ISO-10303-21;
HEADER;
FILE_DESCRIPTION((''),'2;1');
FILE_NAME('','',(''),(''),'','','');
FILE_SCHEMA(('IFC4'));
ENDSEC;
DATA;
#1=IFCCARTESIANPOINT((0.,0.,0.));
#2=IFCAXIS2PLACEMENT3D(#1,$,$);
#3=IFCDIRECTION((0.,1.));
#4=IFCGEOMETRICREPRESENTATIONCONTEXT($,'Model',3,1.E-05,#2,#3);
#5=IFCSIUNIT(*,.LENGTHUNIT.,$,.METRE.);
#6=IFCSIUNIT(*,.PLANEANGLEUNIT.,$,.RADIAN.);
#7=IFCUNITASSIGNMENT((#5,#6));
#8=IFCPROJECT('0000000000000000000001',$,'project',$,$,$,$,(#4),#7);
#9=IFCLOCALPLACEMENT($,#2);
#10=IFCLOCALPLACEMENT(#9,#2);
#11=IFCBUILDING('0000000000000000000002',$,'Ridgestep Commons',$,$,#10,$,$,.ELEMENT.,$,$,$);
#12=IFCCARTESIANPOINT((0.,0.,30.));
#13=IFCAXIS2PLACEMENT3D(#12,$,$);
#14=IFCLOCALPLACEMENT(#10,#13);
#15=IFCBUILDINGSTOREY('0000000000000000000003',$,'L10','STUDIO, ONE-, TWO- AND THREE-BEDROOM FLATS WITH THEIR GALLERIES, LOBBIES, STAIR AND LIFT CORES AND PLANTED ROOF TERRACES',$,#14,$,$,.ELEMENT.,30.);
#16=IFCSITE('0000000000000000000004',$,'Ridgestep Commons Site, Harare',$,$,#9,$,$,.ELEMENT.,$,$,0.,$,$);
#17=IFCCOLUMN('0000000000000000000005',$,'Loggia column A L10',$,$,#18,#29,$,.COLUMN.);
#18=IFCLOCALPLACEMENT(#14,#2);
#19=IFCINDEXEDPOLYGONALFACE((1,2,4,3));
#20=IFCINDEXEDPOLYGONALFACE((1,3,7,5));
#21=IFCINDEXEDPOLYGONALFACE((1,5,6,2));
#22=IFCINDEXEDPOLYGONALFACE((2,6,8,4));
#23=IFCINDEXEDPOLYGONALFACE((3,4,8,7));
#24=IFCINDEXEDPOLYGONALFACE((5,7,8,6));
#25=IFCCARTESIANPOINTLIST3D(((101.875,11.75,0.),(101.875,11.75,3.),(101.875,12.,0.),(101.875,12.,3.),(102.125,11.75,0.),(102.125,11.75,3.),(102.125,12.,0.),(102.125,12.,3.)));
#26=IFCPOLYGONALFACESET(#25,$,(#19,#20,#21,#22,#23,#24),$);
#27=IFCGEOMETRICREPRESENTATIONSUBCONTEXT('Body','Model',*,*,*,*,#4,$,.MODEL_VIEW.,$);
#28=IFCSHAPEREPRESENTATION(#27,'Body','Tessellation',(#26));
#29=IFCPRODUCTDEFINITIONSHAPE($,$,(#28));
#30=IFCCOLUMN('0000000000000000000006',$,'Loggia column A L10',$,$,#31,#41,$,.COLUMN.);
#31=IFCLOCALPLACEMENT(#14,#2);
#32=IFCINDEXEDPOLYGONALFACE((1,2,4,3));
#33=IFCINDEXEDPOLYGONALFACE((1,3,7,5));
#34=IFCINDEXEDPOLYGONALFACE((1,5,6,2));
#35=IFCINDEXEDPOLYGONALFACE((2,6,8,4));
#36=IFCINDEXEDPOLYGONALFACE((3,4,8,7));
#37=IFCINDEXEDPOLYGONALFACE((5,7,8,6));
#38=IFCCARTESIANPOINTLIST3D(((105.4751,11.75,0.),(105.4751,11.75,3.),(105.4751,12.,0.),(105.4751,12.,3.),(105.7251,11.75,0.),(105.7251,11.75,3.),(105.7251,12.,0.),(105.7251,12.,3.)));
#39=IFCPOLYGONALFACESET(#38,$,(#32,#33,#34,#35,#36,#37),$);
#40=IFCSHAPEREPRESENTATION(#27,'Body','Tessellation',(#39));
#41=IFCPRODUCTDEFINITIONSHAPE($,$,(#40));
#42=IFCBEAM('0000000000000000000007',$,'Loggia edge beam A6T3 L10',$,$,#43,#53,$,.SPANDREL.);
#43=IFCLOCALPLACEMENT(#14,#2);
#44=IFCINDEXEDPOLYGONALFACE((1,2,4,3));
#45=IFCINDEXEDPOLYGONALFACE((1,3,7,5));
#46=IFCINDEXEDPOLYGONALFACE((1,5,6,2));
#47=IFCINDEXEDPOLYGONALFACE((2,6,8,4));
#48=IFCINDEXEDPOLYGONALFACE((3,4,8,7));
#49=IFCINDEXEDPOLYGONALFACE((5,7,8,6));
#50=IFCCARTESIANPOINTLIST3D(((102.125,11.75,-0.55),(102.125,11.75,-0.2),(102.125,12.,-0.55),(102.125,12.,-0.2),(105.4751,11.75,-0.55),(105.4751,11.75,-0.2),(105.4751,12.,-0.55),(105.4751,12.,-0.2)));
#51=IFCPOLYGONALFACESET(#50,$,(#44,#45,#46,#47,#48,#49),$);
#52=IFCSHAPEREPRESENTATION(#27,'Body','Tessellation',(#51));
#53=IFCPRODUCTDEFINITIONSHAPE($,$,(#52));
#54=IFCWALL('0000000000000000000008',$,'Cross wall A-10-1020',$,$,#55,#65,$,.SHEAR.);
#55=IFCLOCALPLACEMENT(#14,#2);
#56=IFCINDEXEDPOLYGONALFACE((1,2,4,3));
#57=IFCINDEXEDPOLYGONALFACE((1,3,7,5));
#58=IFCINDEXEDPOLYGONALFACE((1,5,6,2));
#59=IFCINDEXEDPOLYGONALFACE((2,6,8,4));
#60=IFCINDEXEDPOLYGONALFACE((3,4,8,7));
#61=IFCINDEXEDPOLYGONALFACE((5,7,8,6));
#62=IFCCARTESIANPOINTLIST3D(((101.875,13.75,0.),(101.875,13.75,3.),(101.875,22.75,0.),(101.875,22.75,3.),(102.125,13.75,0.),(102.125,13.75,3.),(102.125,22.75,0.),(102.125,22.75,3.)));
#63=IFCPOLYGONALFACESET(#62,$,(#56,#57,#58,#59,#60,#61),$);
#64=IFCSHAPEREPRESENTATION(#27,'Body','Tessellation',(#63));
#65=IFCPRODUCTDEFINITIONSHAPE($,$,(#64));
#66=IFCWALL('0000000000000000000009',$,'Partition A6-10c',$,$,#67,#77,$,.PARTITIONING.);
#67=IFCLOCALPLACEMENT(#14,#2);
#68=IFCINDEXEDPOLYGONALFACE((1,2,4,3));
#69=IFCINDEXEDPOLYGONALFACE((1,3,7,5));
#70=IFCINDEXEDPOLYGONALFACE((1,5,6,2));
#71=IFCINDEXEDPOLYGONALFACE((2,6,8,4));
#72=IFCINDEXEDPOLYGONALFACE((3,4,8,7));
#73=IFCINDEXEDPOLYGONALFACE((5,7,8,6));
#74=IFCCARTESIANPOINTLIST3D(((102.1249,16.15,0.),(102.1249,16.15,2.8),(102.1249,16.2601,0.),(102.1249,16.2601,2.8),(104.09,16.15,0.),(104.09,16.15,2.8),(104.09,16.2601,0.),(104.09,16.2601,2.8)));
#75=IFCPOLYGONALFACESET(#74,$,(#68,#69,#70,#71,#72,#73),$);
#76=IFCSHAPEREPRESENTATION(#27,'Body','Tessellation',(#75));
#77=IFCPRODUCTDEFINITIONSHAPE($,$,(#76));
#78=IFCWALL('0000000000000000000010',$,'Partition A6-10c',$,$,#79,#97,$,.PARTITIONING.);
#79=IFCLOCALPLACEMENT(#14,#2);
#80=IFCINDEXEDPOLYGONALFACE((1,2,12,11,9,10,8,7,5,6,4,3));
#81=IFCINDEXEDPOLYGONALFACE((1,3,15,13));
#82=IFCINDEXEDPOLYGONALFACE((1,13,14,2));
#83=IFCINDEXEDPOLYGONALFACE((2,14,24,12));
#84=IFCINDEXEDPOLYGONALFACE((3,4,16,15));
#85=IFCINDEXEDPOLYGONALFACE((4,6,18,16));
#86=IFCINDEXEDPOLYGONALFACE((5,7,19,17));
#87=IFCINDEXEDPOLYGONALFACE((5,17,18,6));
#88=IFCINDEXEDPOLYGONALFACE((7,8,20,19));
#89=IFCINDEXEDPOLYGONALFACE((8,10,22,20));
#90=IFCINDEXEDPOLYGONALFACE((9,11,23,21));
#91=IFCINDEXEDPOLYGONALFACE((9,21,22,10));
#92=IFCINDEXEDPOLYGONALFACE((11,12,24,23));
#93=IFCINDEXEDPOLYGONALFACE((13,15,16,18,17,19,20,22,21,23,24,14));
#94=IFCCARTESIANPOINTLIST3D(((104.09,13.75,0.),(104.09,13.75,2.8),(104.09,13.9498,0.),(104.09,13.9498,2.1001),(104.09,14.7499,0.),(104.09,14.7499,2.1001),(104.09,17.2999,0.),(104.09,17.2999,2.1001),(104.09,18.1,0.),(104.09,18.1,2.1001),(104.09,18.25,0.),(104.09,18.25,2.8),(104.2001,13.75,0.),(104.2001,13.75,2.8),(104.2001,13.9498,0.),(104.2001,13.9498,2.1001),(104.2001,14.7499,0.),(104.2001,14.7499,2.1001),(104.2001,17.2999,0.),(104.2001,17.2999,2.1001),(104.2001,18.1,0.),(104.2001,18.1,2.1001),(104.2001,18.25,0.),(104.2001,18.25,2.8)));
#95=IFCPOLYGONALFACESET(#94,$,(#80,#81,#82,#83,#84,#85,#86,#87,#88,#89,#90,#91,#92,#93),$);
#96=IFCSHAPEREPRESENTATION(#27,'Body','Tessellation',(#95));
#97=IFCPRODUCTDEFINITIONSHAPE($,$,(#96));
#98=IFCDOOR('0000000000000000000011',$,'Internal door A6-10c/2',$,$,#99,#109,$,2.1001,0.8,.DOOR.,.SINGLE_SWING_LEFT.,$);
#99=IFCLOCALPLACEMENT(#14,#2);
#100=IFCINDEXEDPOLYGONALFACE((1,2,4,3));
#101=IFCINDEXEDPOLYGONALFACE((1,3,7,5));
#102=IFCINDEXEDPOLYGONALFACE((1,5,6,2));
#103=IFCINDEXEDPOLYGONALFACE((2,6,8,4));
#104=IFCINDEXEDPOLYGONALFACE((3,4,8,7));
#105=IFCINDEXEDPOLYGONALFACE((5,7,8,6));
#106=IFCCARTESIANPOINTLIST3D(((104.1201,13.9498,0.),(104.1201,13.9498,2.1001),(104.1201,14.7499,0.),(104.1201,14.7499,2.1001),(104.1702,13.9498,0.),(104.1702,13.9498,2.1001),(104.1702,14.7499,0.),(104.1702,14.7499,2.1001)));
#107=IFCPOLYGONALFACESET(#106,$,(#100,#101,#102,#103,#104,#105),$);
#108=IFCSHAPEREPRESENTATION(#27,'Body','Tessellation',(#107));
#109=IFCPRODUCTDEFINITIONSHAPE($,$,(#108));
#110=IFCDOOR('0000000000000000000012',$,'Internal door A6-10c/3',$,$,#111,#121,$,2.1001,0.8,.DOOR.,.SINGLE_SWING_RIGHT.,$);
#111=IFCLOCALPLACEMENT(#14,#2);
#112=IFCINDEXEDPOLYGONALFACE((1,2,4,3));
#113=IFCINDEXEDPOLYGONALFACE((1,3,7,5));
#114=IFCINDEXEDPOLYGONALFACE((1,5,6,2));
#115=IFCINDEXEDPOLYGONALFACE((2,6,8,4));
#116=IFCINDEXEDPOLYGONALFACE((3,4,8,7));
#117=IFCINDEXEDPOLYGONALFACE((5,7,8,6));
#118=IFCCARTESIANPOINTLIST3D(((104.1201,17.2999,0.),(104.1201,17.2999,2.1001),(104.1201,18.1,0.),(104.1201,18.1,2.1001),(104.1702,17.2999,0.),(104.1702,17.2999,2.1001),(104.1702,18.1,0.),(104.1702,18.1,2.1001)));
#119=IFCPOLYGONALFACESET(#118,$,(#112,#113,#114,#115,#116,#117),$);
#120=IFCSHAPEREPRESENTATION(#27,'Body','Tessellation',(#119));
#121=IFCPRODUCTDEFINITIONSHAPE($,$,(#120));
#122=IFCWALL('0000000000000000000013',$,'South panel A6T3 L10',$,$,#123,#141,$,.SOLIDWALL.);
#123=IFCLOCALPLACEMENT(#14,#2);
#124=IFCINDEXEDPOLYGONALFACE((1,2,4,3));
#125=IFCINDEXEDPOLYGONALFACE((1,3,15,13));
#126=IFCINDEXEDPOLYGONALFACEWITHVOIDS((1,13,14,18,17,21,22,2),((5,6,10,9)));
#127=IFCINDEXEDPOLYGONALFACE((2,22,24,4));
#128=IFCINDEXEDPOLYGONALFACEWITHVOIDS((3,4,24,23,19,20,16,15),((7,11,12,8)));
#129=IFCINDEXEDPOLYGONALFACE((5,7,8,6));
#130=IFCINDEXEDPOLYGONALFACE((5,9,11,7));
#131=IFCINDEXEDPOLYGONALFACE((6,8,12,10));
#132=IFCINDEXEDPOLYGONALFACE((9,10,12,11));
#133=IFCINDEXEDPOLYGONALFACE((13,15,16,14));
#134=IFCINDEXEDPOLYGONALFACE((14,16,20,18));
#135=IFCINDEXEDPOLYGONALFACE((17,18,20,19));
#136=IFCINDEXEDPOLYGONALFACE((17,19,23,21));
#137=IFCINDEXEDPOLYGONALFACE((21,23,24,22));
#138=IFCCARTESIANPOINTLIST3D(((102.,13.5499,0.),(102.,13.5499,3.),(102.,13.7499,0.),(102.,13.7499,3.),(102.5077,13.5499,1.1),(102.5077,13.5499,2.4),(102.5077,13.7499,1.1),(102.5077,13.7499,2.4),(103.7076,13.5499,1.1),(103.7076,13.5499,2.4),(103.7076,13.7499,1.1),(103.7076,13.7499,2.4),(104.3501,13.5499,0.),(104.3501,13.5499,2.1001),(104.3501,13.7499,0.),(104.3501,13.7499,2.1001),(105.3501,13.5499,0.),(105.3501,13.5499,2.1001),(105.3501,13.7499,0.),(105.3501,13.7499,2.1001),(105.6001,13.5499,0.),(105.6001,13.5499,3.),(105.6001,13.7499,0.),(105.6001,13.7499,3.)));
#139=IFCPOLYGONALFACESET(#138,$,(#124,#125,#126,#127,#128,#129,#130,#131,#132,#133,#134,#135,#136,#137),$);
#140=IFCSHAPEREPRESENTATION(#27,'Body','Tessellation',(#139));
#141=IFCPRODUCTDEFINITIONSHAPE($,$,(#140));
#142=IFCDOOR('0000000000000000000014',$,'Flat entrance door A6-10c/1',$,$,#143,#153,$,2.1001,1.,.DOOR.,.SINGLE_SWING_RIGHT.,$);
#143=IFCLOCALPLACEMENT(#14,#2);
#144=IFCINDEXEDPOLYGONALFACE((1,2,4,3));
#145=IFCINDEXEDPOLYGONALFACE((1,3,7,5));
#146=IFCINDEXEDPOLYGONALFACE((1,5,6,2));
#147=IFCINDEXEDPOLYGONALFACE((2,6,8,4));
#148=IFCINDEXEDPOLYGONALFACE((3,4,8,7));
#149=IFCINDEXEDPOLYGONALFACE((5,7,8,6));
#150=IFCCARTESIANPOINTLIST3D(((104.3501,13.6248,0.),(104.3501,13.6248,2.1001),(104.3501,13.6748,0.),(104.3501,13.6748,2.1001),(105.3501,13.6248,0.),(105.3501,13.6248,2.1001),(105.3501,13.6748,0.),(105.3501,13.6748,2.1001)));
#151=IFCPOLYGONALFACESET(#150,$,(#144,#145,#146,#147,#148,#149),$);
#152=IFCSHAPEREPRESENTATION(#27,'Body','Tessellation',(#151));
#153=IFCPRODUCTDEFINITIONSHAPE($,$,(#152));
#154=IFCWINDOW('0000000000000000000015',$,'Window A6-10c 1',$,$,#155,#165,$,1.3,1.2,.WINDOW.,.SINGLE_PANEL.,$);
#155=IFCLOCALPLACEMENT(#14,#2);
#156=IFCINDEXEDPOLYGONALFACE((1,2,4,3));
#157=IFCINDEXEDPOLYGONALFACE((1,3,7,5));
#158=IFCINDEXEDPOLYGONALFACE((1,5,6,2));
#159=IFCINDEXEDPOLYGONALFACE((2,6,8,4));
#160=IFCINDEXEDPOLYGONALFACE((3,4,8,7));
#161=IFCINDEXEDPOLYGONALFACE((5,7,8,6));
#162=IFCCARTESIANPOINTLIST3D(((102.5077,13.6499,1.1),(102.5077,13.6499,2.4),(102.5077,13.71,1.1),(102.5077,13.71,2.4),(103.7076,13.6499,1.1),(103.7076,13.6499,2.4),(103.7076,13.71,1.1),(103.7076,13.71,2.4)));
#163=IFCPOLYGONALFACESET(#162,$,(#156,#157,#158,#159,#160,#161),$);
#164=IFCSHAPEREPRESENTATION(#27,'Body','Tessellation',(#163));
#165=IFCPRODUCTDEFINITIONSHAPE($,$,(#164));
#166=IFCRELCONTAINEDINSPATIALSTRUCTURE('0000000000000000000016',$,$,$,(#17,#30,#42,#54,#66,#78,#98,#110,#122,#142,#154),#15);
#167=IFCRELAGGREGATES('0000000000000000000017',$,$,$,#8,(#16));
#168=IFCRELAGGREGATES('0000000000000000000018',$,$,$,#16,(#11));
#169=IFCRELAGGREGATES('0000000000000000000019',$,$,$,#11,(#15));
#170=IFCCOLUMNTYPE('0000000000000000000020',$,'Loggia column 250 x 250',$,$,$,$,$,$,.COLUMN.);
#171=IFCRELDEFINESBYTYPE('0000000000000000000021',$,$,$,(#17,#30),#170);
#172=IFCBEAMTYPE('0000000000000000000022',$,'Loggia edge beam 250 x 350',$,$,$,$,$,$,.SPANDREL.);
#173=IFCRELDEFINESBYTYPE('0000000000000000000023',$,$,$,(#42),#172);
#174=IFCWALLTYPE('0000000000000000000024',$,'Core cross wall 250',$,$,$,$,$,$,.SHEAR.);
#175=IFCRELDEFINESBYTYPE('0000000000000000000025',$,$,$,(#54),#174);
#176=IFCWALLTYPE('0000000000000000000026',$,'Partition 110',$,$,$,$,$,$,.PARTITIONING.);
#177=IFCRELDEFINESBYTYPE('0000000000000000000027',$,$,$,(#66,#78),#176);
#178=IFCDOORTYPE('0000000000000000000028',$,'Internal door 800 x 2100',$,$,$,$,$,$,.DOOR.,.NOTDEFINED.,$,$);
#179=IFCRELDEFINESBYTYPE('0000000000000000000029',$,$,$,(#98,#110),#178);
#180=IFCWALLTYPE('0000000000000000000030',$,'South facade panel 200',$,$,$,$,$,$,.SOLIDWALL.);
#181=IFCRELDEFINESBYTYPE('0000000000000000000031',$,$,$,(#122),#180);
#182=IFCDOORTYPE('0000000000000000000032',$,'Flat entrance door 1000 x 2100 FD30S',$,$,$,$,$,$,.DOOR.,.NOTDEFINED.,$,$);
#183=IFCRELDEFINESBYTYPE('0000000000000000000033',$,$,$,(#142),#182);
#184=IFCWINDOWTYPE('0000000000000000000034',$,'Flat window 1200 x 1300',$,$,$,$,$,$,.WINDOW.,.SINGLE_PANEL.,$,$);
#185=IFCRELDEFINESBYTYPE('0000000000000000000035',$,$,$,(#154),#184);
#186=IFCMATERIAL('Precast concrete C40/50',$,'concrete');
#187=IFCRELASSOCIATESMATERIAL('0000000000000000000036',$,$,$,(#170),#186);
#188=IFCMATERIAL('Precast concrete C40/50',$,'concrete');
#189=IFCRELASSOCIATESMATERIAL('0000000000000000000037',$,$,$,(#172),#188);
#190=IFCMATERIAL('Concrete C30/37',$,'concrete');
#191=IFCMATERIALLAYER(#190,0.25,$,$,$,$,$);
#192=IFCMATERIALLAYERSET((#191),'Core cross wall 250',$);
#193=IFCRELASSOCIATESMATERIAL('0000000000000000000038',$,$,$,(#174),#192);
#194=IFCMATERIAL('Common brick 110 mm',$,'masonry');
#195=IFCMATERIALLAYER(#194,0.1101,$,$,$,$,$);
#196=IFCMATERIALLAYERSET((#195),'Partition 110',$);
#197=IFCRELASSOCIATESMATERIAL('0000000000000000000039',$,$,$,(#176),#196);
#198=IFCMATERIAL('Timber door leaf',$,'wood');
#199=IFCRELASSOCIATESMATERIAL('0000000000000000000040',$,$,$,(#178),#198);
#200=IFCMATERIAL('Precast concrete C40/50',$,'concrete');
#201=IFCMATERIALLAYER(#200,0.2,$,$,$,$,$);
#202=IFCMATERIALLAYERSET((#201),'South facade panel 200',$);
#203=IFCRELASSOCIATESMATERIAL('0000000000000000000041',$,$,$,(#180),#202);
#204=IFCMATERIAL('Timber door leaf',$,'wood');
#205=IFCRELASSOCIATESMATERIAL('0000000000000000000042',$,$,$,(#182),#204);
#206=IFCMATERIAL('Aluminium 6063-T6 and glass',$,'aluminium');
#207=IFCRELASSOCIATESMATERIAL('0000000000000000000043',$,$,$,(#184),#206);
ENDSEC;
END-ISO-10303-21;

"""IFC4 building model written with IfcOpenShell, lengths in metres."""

from ifc_helpers import new_model, si_unit, direction, frame, frame_2d, origin, origin_2d, place, context, subcontext, project, spatial, rectangle, extrude, material, layer, layer_set, material_profile, profile_set, type_object, element, fill, save


model = new_model("IFC4")

# Units and contexts
model_context = context("Model", 3, precision=1e-05, world=origin(), true_north=direction((0.0, 1.0)))
body_context = subcontext(model_context, "Body", "Model", "MODEL_VIEW")
ifc_project = project(units=[si_unit("LENGTHUNIT", "METRE"), si_unit("PLANEANGLEUNIT", "RADIAN")], contexts=[model_context])

# Site, building, storey
site_placement = place(None, origin())
site = spatial("IfcSite", under=ifc_project, at=site_placement, Name="Ridgestep Commons Site, Harare", CompositionType="ELEMENT", RefElevation=0.0)
building_placement = place(site_placement, origin())
building = spatial("IfcBuilding", under=site, at=building_placement, Name="Ridgestep Commons", CompositionType="ELEMENT")
storey_placement = place(building_placement, frame((0.0, 0.0, 30.0)))
storey = spatial("IfcBuildingStorey", under=building, at=storey_placement, Name="L10", Description="STUDIO, ONE-, TWO- AND THREE-BEDROOM FLATS WITH THEIR GALLERIES, LOBBIES, STAIR AND LIFT CORES AND PLANTED ROOF TERRACES", CompositionType="ELEMENT", Elevation=30.0)

# Columns
ifc_material_1 = material(Name="Precast concrete C40/50", Category="concrete")
ifc_material_profile_1 = material_profile(ifc_material_1, rectangle(XDim=0.25, YDim=0.25, at=origin_2d()), Name="PC 250x250")
ifc_profile_set_1 = profile_set([ifc_material_profile_1], Name="Precast concrete C40/50")
column_type = type_object("IfcColumnType", Name="Loggia column 250 x 250", PredefinedType="COLUMN", material=ifc_profile_set_1)
for number, where, z_axis, x_axis, name in (
    (1, (102.0, 11.875, 0.0), (0.0, 0.0, 1.0), (1.0, 0.0, 0.0), "Loggia column A L10"),
    (2, (105.6001, 11.875, 0.0), (0.0, 0.0, 1.0), (1.0, 0.0, 0.0), "Loggia column A L10"),
):
    element("IfcColumn", number, at=place(storey_placement, frame(where, z_axis=z_axis, x_axis=x_axis)), inside=storey, type_object=column_type, Name=name, PredefinedType="COLUMN", context=body_context, shape_type="SweptSolid", body=[
        extrude(rectangle(XDim=0.25, YDim=0.25, at=origin_2d()), origin(), (0.0, 0.0, 1.0), 3.0),
    ])

# Beam
ifc_material_2 = material(Name="Precast concrete C40/50", Category="concrete")
ifc_material_profile_2 = material_profile(ifc_material_2, rectangle(XDim=0.25, YDim=0.3501, at=origin_2d()), Name="PC 250x350")
ifc_profile_set_2 = profile_set([ifc_material_profile_2], Name="Precast concrete C40/50")
beam_type = type_object("IfcBeamType", Name="Loggia edge beam 250 x 350", PredefinedType="SPANDREL", material=ifc_profile_set_2)
beam_placement = place(storey_placement, frame((102.125, 11.875, -0.375), z_axis=(1.0, 0.0, 0.0), x_axis=(0.0, 1.0, 0.0)))
element("IfcBeam", 3, at=beam_placement, inside=storey, type_object=beam_type, Name="Loggia edge beam A6T3 L10", PredefinedType="SPANDREL", context=body_context, shape_type="SweptSolid", body=[
    extrude(rectangle(XDim=0.25, YDim=0.3501, at=origin_2d()), origin(), (0.0, 0.0, 1.0), 3.3501),
])

# Walls
ifc_material_3 = material(Name="Concrete C30/37", Category="concrete")
ifc_layer_1 = layer(ifc_material_3, 0.25)
ifc_layer_set_1 = layer_set([ifc_layer_1], Name="Core cross wall 250")
wall_type_1 = type_object("IfcWallType", Name="Core cross wall 250", PredefinedType="SHEAR", material=ifc_layer_set_1)
wall_1_placement = place(storey_placement, frame((102.0, 13.75, 0.0), z_axis=(0.0, 0.0, 1.0), x_axis=(0.0, 1.0, 0.0)))
element("IfcWall", 4, at=wall_1_placement, inside=storey, type_object=wall_type_1, Name="Cross wall A-10-1020", PredefinedType="SHEAR", context=body_context, shape_type="SweptSolid", body=[
    extrude(rectangle(XDim=9.0, YDim=0.25, at=frame_2d((4.5, 0.0))), origin(), (0.0, 0.0, 1.0), 3.0),
])
ifc_material_4 = material(Name="Common brick 110 mm", Category="masonry")
ifc_layer_2 = layer(ifc_material_4, 0.1101)
ifc_layer_set_2 = layer_set([ifc_layer_2], Name="Partition 110")
wall_type_2 = type_object("IfcWallType", Name="Partition 110", PredefinedType="PARTITIONING", material=ifc_layer_set_2)
wall_2_placement = place(storey_placement, frame((102.125, 16.2051, 0.0), z_axis=(0.0, 0.0, 1.0), x_axis=(1.0, 0.0, 0.0)))
element("IfcWall", 5, at=wall_2_placement, inside=storey, type_object=wall_type_2, Name="Partition A6-10c", PredefinedType="PARTITIONING", context=body_context, shape_type="SweptSolid", body=[
    extrude(rectangle(XDim=1.9651, YDim=0.1101, at=frame_2d((0.9824, 0.0))), origin(), (0.0, 0.0, 1.0), 2.8),
])

# Wall, openings, doors
wall_3_placement = place(storey_placement, frame((104.145, 13.75, 0.0), z_axis=(0.0, 0.0, 1.0), x_axis=(0.0, 1.0, 0.0)))
wall_3 = element("IfcWall", 6, at=wall_3_placement, inside=storey, type_object=wall_type_2, Name="Partition A6-10c", PredefinedType="PARTITIONING", context=body_context, shape_type="SweptSolid", body=[
    extrude(rectangle(XDim=4.5, YDim=0.1101, at=frame_2d((2.25, 0.0))), origin(), (0.0, 0.0, 1.0), 2.8),
])
opening_1_placement = place(wall_3_placement, frame((0.2, 0.0, 0.0)))
opening_1 = element("IfcOpeningElement", 7, at=opening_1_placement, cuts=wall_3, PredefinedType="OPENING", context=body_context, shape_type="SweptSolid", body=[
    extrude(rectangle(XDim=0.8, YDim=2.1001, at=frame_2d((0.3999, 1.05))), frame((0.0, 0.0649, 0.0), z_axis=(0.0, -1.0, 0.0), x_axis=(1.0, 0.0, 0.0)), (0.0, 0.0, 1.0), 0.1301),
])
opening_2_placement = place(wall_3_placement, frame((3.55, 0.0, 0.0)))
opening_2 = element("IfcOpeningElement", 8, at=opening_2_placement, cuts=wall_3, PredefinedType="OPENING", context=body_context, shape_type="SweptSolid", body=[
    extrude(rectangle(XDim=0.8, YDim=2.1001, at=frame_2d((0.3999, 1.05))), frame((0.0, 0.0649, 0.0), z_axis=(0.0, -1.0, 0.0), x_axis=(1.0, 0.0, 0.0)), (0.0, 0.0, 1.0), 0.1301),
])
ifc_material_5 = material(Name="Timber door leaf", Category="wood")
door_type_1 = type_object("IfcDoorType", Name="Internal door 800 x 2100", OperationType="NOTDEFINED", PredefinedType="DOOR", material=ifc_material_5)
door_1_placement = place(opening_1_placement, origin())
door_1 = element("IfcDoor", 9, at=door_1_placement, inside=storey, type_object=door_type_1, Name="Internal door A6-10c/2", OperationType="SINGLE_SWING_LEFT", OverallHeight=2.1001, OverallWidth=0.8, PredefinedType="DOOR", context=body_context, shape_type="SweptSolid", body=[
    extrude(rectangle(XDim=0.8, YDim=2.1001, at=frame_2d((0.3999, 1.05))), frame((0.0, 0.0249, 0.0), z_axis=(0.0, -1.0, 0.0), x_axis=(1.0, 0.0, 0.0)), (0.0, 0.0, 1.0), 0.05),
])
fill(opening_1, door_1)
door_2_placement = place(opening_2_placement, origin())
door_2 = element("IfcDoor", 10, at=door_2_placement, inside=storey, type_object=door_type_1, Name="Internal door A6-10c/3", OperationType="SINGLE_SWING_RIGHT", OverallHeight=2.1001, OverallWidth=0.8, PredefinedType="DOOR", context=body_context, shape_type="SweptSolid", body=[
    extrude(rectangle(XDim=0.8, YDim=2.1001, at=frame_2d((0.3999, 1.05))), frame((0.0, 0.0249, 0.0), z_axis=(0.0, -1.0, 0.0), x_axis=(1.0, 0.0, 0.0)), (0.0, 0.0, 1.0), 0.05),
])
fill(opening_2, door_2)

# Wall, openings, door, window
ifc_material_6 = material(Name="Precast concrete C40/50", Category="concrete")
ifc_layer_3 = layer(ifc_material_6, 0.2)
ifc_layer_set_3 = layer_set([ifc_layer_3], Name="South facade panel 200")
wall_type_3 = type_object("IfcWallType", Name="South facade panel 200", PredefinedType="SOLIDWALL", material=ifc_layer_set_3)
wall_4_placement = place(storey_placement, frame((102.0, 13.6499, 0.0), z_axis=(0.0, 0.0, 1.0), x_axis=(1.0, 0.0, 0.0)))
wall_4 = element("IfcWall", 11, at=wall_4_placement, inside=storey, type_object=wall_type_3, Name="South panel A6T3 L10", PredefinedType="SOLIDWALL", context=body_context, shape_type="SweptSolid", body=[
    extrude(rectangle(XDim=3.6001, YDim=0.2, at=frame_2d((1.8, 0.0))), origin(), (0.0, 0.0, 1.0), 3.0),
])
opening_3_placement = place(wall_4_placement, frame((0.5076, 0.0, 1.1001)))
opening_3 = element("IfcOpeningElement", 12, at=opening_3_placement, cuts=wall_4, PredefinedType="OPENING", context=body_context, shape_type="SweptSolid", body=[
    extrude(rectangle(XDim=1.2, YDim=1.3, at=frame_2d((0.6001, 0.6499))), frame((0.0, 0.1099, 0.0), z_axis=(0.0, -1.0, 0.0), x_axis=(1.0, 0.0, 0.0)), (0.0, 0.0, 1.0), 0.22),
])
opening_4_placement = place(wall_4_placement, frame((2.3501, 0.0, 0.0)))
opening_4 = element("IfcOpeningElement", 13, at=opening_4_placement, cuts=wall_4, PredefinedType="OPENING", context=body_context, shape_type="SweptSolid", body=[
    extrude(rectangle(XDim=1.0, YDim=2.1001, at=frame_2d((0.5, 1.05))), frame((0.0, 0.1099, 0.0), z_axis=(0.0, -1.0, 0.0), x_axis=(1.0, 0.0, 0.0)), (0.0, 0.0, 1.0), 0.22),
])
ifc_material_7 = material(Name="Timber door leaf", Category="wood")
door_type_2 = type_object("IfcDoorType", Name="Flat entrance door 1000 x 2100 FD30S", OperationType="NOTDEFINED", PredefinedType="DOOR", material=ifc_material_7)
door_3_placement = place(opening_4_placement, origin())
door_3 = element("IfcDoor", 14, at=door_3_placement, inside=storey, type_object=door_type_2, Name="Flat entrance door A6-10c/1", OperationType="SINGLE_SWING_RIGHT", OverallHeight=2.1001, OverallWidth=1.0, PredefinedType="DOOR", context=body_context, shape_type="SweptSolid", body=[
    extrude(rectangle(XDim=1.0, YDim=2.1001, at=frame_2d((0.5, 1.05))), frame((0.0, 0.0249, 0.0), z_axis=(0.0, -1.0, 0.0), x_axis=(1.0, 0.0, 0.0)), (0.0, 0.0, 1.0), 0.05),
])
fill(opening_4, door_3)
ifc_material_8 = material(Name="Aluminium 6063-T6 and glass", Category="aluminium")
window_type = type_object("IfcWindowType", Name="Flat window 1200 x 1300", PartitioningType="SINGLE_PANEL", PredefinedType="WINDOW", material=ifc_material_8)
window_1_placement = place(opening_3_placement, origin())
window_1 = element("IfcWindow", 15, at=window_1_placement, inside=storey, type_object=window_type, Name="Window A6-10c 1", OverallHeight=1.3, OverallWidth=1.2, PartitioningType="SINGLE_PANEL", PredefinedType="WINDOW", context=body_context, shape_type="SweptSolid", body=[
    extrude(rectangle(XDim=1.2, YDim=1.3, at=frame_2d((0.6001, 0.6499))), frame((0.0, 0.0601, 0.0), z_axis=(0.0, -1.0, 0.0), x_axis=(1.0, 0.0, 0.0)), (0.0, 0.0, 1.0), 0.0601),
])
fill(opening_3, window_1)

save(model, "model.ifc")
